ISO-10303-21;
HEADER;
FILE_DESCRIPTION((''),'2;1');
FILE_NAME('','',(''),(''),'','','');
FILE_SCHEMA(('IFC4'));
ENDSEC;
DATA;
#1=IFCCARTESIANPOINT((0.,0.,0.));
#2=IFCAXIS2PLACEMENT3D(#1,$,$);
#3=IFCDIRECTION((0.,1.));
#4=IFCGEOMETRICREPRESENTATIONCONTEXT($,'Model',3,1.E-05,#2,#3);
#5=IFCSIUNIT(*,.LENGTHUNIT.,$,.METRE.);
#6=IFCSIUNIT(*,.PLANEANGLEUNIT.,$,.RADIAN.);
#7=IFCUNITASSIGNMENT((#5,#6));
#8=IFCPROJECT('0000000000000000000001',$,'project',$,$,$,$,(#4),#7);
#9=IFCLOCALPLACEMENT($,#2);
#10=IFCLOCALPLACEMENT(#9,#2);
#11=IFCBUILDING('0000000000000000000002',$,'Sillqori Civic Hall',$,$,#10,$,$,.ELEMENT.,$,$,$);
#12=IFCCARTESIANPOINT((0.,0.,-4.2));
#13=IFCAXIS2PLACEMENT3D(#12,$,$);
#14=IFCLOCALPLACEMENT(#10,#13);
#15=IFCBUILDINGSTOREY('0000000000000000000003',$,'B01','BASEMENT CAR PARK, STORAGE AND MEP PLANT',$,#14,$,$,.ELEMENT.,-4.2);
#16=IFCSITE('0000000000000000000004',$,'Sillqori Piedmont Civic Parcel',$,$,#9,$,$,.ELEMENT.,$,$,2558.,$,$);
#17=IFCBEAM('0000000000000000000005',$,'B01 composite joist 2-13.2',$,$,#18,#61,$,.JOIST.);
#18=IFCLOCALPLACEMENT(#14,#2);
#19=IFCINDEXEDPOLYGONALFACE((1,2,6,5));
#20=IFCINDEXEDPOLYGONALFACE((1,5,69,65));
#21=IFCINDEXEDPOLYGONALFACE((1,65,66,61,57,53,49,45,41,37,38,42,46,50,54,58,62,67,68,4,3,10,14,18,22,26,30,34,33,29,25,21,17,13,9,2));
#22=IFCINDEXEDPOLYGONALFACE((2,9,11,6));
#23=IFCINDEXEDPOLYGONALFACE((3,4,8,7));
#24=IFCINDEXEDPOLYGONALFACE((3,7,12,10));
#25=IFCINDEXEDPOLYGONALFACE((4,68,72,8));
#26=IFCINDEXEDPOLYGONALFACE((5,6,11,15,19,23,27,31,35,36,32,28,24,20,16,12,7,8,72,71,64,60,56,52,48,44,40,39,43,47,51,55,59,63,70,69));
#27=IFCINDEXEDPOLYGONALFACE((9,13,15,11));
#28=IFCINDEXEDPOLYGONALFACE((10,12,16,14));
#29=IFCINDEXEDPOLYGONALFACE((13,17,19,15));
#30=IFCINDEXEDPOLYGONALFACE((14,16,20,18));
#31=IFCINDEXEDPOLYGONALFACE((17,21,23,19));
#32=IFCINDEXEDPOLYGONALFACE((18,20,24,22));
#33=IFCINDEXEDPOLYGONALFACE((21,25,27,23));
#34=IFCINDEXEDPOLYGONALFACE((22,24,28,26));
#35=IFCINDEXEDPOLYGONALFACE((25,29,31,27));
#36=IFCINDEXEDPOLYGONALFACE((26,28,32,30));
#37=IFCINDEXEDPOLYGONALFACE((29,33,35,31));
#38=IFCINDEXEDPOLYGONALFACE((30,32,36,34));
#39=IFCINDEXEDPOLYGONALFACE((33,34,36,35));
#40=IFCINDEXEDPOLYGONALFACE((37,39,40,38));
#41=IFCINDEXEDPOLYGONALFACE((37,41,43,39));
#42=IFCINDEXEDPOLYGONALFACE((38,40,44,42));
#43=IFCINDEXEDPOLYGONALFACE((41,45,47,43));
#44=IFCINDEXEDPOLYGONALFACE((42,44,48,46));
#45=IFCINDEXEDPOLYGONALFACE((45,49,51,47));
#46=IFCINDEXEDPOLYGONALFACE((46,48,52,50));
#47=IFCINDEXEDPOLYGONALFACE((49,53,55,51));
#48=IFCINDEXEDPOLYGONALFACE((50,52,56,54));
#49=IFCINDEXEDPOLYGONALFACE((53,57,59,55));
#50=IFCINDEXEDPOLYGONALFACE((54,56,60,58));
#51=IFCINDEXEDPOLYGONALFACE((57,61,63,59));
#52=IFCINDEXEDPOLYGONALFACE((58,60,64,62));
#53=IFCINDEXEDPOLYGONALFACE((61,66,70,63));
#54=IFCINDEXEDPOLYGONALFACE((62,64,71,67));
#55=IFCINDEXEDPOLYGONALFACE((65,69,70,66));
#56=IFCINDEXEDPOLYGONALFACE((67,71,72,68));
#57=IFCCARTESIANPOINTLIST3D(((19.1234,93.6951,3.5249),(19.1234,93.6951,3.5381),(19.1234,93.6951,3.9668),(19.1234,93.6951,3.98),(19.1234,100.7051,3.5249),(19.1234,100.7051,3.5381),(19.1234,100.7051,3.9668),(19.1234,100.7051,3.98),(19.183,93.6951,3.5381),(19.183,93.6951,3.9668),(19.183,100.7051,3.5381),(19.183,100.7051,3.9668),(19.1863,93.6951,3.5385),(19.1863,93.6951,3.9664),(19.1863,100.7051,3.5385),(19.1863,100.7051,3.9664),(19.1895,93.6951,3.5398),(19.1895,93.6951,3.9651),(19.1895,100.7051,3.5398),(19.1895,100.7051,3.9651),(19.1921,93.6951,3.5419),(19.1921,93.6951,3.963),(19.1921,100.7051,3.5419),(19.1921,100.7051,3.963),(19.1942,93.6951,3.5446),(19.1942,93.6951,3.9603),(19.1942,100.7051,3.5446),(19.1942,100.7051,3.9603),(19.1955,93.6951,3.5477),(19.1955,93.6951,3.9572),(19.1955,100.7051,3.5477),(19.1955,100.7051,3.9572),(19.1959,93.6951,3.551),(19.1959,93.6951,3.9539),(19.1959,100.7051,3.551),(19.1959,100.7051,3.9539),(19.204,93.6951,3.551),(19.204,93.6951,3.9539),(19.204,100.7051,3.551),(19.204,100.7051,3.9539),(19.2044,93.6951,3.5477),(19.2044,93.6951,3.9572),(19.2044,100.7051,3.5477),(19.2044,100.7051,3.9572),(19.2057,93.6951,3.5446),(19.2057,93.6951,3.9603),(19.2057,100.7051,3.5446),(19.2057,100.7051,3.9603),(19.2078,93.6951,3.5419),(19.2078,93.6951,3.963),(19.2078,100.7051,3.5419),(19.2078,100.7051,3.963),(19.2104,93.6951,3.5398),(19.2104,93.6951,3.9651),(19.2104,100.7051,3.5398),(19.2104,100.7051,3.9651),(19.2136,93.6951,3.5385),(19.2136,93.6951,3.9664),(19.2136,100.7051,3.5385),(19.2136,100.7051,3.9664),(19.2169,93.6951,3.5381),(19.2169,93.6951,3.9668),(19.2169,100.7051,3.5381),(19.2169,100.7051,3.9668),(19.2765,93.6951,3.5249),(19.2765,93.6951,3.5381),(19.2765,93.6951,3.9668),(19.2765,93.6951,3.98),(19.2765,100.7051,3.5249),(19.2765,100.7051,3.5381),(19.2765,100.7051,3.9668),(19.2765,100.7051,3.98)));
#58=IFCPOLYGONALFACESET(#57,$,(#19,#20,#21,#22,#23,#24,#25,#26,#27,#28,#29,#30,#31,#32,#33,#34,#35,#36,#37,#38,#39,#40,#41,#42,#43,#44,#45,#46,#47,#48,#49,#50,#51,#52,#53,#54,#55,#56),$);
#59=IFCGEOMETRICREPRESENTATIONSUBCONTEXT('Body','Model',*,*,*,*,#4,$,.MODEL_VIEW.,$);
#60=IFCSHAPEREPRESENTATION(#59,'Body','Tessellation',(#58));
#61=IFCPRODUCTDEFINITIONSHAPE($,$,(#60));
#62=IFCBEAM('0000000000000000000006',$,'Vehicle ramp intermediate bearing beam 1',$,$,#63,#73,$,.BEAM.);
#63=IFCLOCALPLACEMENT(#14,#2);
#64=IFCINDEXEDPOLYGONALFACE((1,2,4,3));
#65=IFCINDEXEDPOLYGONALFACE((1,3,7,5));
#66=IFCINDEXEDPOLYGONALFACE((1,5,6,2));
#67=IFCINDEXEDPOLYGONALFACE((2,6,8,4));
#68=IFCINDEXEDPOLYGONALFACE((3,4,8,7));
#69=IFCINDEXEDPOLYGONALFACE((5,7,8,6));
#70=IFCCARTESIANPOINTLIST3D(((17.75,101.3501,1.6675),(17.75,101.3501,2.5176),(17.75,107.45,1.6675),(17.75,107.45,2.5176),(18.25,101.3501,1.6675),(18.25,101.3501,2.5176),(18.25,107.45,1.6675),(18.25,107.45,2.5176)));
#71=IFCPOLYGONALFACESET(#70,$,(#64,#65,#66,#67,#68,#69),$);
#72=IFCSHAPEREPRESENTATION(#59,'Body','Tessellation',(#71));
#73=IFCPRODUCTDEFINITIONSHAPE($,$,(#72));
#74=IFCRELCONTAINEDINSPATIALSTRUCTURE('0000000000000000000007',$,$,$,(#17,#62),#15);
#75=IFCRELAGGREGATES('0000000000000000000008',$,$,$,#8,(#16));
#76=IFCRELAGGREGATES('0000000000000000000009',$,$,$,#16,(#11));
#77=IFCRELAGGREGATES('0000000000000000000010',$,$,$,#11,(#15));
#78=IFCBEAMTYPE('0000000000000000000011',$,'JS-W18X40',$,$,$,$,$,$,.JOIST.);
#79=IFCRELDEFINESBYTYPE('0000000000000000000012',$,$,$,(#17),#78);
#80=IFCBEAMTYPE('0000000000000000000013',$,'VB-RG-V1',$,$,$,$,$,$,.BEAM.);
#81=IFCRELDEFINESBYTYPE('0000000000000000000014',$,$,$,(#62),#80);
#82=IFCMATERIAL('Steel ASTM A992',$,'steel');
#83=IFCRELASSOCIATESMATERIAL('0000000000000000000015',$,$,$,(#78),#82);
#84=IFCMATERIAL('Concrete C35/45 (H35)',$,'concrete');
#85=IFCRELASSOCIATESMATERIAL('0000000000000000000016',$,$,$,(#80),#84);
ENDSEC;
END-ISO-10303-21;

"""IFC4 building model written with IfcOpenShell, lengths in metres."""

from ifc_helpers import new_model, si_unit, direction, frame, origin, origin_2d, place, context, subcontext, project, spatial, rectangle, i_section, extrude, material, material_profile, profile_set, type_object, element, save


model = new_model("IFC4")

# Units and contexts
model_context = context("Model", 3, precision=1e-05, world=origin(), true_north=direction((0.0, 1.0)))
body_context = subcontext(model_context, "Body", "Model", "MODEL_VIEW")
ifc_project = project(units=[si_unit("LENGTHUNIT", "METRE"), si_unit("PLANEANGLEUNIT", "RADIAN")], contexts=[model_context])

# Site, building, storey
site_placement = place(None, origin())
site = spatial("IfcSite", under=ifc_project, at=site_placement, Name="Sillqori Piedmont Civic Parcel", CompositionType="ELEMENT", RefElevation=2558.0)
building_placement = place(site_placement, origin())
building = spatial("IfcBuilding", under=site, at=building_placement, Name="Sillqori Civic Hall", CompositionType="ELEMENT")
storey_placement = place(building_placement, frame((0.0, 0.0, -4.2)))
storey = spatial("IfcBuildingStorey", under=building, at=storey_placement, Name="B01", Description="BASEMENT CAR PARK, STORAGE AND MEP PLANT", CompositionType="ELEMENT", Elevation=-4.2)

# Shared definitions
ifc_material_1 = material(Name="Concrete C35/45 (H35)", Category="concrete")

# Shared definitions
ifc_material_2 = material(Name="Steel ASTM A992", Category="steel")

# Beams
ifc_material_profile_1 = material_profile(ifc_material_2, i_section(OverallWidth=0.1531, OverallDepth=0.4551, WebThickness=0.0081, FlangeThickness=0.0132, FilletRadius=0.0129, at=origin_2d()), Name="W18X40")
ifc_profile_set_1 = profile_set([ifc_material_profile_1], Name="Steel ASTM A992")
beam_type_1 = type_object("IfcBeamType", Name="JS-W18X40", PredefinedType="JOIST", material=ifc_profile_set_1)
for number, where, z_axis, x_axis, name in (
    (1, (19.2, 93.6951, 3.7524), (0.0, 1.0, 0.0), (-1.0, 0.0, 0.0), "B01 composite joist 2-13.2"),
):
    element("IfcBeam", number, at=place(storey_placement, frame(where, z_axis=z_axis, x_axis=x_axis)), inside=storey, type_object=beam_type_1, Name=name, PredefinedType="JOIST", context=body_context, shape_type="SweptSolid", body=[
        extrude(i_section(OverallWidth=0.1531, OverallDepth=0.4551, WebThickness=0.0081, FlangeThickness=0.0132, FilletRadius=0.0129, at=origin_2d()), origin(), (0.0, 0.0, 1.0), 7.01),
    ])
ifc_material_profile_2 = material_profile(ifc_material_1, rectangle(XDim=0.5, YDim=0.8501, at=origin_2d()), Name="RC 500x850")
ifc_profile_set_2 = profile_set([ifc_material_profile_2], Name="Concrete C35/45 (H35)")
beam_type_2 = type_object("IfcBeamType", Name="VB-RG-V1", PredefinedType="BEAM", material=ifc_profile_set_2)
beam_1_placement = place(storey_placement, frame((18.0, 101.3501, 2.0925), z_axis=(0.0, 1.0, 0.0), x_axis=(-1.0, 0.0, 0.0)))
element("IfcBeam", 2, at=beam_1_placement, inside=storey, type_object=beam_type_2, Name="Vehicle ramp intermediate bearing beam 1", PredefinedType="BEAM", context=body_context, shape_type="SweptSolid", body=[
    extrude(rectangle(XDim=0.5, YDim=0.8501, at=origin_2d()), origin(), (0.0, 0.0, 1.0), 6.0999),
])

save(model, "model.ifc")
